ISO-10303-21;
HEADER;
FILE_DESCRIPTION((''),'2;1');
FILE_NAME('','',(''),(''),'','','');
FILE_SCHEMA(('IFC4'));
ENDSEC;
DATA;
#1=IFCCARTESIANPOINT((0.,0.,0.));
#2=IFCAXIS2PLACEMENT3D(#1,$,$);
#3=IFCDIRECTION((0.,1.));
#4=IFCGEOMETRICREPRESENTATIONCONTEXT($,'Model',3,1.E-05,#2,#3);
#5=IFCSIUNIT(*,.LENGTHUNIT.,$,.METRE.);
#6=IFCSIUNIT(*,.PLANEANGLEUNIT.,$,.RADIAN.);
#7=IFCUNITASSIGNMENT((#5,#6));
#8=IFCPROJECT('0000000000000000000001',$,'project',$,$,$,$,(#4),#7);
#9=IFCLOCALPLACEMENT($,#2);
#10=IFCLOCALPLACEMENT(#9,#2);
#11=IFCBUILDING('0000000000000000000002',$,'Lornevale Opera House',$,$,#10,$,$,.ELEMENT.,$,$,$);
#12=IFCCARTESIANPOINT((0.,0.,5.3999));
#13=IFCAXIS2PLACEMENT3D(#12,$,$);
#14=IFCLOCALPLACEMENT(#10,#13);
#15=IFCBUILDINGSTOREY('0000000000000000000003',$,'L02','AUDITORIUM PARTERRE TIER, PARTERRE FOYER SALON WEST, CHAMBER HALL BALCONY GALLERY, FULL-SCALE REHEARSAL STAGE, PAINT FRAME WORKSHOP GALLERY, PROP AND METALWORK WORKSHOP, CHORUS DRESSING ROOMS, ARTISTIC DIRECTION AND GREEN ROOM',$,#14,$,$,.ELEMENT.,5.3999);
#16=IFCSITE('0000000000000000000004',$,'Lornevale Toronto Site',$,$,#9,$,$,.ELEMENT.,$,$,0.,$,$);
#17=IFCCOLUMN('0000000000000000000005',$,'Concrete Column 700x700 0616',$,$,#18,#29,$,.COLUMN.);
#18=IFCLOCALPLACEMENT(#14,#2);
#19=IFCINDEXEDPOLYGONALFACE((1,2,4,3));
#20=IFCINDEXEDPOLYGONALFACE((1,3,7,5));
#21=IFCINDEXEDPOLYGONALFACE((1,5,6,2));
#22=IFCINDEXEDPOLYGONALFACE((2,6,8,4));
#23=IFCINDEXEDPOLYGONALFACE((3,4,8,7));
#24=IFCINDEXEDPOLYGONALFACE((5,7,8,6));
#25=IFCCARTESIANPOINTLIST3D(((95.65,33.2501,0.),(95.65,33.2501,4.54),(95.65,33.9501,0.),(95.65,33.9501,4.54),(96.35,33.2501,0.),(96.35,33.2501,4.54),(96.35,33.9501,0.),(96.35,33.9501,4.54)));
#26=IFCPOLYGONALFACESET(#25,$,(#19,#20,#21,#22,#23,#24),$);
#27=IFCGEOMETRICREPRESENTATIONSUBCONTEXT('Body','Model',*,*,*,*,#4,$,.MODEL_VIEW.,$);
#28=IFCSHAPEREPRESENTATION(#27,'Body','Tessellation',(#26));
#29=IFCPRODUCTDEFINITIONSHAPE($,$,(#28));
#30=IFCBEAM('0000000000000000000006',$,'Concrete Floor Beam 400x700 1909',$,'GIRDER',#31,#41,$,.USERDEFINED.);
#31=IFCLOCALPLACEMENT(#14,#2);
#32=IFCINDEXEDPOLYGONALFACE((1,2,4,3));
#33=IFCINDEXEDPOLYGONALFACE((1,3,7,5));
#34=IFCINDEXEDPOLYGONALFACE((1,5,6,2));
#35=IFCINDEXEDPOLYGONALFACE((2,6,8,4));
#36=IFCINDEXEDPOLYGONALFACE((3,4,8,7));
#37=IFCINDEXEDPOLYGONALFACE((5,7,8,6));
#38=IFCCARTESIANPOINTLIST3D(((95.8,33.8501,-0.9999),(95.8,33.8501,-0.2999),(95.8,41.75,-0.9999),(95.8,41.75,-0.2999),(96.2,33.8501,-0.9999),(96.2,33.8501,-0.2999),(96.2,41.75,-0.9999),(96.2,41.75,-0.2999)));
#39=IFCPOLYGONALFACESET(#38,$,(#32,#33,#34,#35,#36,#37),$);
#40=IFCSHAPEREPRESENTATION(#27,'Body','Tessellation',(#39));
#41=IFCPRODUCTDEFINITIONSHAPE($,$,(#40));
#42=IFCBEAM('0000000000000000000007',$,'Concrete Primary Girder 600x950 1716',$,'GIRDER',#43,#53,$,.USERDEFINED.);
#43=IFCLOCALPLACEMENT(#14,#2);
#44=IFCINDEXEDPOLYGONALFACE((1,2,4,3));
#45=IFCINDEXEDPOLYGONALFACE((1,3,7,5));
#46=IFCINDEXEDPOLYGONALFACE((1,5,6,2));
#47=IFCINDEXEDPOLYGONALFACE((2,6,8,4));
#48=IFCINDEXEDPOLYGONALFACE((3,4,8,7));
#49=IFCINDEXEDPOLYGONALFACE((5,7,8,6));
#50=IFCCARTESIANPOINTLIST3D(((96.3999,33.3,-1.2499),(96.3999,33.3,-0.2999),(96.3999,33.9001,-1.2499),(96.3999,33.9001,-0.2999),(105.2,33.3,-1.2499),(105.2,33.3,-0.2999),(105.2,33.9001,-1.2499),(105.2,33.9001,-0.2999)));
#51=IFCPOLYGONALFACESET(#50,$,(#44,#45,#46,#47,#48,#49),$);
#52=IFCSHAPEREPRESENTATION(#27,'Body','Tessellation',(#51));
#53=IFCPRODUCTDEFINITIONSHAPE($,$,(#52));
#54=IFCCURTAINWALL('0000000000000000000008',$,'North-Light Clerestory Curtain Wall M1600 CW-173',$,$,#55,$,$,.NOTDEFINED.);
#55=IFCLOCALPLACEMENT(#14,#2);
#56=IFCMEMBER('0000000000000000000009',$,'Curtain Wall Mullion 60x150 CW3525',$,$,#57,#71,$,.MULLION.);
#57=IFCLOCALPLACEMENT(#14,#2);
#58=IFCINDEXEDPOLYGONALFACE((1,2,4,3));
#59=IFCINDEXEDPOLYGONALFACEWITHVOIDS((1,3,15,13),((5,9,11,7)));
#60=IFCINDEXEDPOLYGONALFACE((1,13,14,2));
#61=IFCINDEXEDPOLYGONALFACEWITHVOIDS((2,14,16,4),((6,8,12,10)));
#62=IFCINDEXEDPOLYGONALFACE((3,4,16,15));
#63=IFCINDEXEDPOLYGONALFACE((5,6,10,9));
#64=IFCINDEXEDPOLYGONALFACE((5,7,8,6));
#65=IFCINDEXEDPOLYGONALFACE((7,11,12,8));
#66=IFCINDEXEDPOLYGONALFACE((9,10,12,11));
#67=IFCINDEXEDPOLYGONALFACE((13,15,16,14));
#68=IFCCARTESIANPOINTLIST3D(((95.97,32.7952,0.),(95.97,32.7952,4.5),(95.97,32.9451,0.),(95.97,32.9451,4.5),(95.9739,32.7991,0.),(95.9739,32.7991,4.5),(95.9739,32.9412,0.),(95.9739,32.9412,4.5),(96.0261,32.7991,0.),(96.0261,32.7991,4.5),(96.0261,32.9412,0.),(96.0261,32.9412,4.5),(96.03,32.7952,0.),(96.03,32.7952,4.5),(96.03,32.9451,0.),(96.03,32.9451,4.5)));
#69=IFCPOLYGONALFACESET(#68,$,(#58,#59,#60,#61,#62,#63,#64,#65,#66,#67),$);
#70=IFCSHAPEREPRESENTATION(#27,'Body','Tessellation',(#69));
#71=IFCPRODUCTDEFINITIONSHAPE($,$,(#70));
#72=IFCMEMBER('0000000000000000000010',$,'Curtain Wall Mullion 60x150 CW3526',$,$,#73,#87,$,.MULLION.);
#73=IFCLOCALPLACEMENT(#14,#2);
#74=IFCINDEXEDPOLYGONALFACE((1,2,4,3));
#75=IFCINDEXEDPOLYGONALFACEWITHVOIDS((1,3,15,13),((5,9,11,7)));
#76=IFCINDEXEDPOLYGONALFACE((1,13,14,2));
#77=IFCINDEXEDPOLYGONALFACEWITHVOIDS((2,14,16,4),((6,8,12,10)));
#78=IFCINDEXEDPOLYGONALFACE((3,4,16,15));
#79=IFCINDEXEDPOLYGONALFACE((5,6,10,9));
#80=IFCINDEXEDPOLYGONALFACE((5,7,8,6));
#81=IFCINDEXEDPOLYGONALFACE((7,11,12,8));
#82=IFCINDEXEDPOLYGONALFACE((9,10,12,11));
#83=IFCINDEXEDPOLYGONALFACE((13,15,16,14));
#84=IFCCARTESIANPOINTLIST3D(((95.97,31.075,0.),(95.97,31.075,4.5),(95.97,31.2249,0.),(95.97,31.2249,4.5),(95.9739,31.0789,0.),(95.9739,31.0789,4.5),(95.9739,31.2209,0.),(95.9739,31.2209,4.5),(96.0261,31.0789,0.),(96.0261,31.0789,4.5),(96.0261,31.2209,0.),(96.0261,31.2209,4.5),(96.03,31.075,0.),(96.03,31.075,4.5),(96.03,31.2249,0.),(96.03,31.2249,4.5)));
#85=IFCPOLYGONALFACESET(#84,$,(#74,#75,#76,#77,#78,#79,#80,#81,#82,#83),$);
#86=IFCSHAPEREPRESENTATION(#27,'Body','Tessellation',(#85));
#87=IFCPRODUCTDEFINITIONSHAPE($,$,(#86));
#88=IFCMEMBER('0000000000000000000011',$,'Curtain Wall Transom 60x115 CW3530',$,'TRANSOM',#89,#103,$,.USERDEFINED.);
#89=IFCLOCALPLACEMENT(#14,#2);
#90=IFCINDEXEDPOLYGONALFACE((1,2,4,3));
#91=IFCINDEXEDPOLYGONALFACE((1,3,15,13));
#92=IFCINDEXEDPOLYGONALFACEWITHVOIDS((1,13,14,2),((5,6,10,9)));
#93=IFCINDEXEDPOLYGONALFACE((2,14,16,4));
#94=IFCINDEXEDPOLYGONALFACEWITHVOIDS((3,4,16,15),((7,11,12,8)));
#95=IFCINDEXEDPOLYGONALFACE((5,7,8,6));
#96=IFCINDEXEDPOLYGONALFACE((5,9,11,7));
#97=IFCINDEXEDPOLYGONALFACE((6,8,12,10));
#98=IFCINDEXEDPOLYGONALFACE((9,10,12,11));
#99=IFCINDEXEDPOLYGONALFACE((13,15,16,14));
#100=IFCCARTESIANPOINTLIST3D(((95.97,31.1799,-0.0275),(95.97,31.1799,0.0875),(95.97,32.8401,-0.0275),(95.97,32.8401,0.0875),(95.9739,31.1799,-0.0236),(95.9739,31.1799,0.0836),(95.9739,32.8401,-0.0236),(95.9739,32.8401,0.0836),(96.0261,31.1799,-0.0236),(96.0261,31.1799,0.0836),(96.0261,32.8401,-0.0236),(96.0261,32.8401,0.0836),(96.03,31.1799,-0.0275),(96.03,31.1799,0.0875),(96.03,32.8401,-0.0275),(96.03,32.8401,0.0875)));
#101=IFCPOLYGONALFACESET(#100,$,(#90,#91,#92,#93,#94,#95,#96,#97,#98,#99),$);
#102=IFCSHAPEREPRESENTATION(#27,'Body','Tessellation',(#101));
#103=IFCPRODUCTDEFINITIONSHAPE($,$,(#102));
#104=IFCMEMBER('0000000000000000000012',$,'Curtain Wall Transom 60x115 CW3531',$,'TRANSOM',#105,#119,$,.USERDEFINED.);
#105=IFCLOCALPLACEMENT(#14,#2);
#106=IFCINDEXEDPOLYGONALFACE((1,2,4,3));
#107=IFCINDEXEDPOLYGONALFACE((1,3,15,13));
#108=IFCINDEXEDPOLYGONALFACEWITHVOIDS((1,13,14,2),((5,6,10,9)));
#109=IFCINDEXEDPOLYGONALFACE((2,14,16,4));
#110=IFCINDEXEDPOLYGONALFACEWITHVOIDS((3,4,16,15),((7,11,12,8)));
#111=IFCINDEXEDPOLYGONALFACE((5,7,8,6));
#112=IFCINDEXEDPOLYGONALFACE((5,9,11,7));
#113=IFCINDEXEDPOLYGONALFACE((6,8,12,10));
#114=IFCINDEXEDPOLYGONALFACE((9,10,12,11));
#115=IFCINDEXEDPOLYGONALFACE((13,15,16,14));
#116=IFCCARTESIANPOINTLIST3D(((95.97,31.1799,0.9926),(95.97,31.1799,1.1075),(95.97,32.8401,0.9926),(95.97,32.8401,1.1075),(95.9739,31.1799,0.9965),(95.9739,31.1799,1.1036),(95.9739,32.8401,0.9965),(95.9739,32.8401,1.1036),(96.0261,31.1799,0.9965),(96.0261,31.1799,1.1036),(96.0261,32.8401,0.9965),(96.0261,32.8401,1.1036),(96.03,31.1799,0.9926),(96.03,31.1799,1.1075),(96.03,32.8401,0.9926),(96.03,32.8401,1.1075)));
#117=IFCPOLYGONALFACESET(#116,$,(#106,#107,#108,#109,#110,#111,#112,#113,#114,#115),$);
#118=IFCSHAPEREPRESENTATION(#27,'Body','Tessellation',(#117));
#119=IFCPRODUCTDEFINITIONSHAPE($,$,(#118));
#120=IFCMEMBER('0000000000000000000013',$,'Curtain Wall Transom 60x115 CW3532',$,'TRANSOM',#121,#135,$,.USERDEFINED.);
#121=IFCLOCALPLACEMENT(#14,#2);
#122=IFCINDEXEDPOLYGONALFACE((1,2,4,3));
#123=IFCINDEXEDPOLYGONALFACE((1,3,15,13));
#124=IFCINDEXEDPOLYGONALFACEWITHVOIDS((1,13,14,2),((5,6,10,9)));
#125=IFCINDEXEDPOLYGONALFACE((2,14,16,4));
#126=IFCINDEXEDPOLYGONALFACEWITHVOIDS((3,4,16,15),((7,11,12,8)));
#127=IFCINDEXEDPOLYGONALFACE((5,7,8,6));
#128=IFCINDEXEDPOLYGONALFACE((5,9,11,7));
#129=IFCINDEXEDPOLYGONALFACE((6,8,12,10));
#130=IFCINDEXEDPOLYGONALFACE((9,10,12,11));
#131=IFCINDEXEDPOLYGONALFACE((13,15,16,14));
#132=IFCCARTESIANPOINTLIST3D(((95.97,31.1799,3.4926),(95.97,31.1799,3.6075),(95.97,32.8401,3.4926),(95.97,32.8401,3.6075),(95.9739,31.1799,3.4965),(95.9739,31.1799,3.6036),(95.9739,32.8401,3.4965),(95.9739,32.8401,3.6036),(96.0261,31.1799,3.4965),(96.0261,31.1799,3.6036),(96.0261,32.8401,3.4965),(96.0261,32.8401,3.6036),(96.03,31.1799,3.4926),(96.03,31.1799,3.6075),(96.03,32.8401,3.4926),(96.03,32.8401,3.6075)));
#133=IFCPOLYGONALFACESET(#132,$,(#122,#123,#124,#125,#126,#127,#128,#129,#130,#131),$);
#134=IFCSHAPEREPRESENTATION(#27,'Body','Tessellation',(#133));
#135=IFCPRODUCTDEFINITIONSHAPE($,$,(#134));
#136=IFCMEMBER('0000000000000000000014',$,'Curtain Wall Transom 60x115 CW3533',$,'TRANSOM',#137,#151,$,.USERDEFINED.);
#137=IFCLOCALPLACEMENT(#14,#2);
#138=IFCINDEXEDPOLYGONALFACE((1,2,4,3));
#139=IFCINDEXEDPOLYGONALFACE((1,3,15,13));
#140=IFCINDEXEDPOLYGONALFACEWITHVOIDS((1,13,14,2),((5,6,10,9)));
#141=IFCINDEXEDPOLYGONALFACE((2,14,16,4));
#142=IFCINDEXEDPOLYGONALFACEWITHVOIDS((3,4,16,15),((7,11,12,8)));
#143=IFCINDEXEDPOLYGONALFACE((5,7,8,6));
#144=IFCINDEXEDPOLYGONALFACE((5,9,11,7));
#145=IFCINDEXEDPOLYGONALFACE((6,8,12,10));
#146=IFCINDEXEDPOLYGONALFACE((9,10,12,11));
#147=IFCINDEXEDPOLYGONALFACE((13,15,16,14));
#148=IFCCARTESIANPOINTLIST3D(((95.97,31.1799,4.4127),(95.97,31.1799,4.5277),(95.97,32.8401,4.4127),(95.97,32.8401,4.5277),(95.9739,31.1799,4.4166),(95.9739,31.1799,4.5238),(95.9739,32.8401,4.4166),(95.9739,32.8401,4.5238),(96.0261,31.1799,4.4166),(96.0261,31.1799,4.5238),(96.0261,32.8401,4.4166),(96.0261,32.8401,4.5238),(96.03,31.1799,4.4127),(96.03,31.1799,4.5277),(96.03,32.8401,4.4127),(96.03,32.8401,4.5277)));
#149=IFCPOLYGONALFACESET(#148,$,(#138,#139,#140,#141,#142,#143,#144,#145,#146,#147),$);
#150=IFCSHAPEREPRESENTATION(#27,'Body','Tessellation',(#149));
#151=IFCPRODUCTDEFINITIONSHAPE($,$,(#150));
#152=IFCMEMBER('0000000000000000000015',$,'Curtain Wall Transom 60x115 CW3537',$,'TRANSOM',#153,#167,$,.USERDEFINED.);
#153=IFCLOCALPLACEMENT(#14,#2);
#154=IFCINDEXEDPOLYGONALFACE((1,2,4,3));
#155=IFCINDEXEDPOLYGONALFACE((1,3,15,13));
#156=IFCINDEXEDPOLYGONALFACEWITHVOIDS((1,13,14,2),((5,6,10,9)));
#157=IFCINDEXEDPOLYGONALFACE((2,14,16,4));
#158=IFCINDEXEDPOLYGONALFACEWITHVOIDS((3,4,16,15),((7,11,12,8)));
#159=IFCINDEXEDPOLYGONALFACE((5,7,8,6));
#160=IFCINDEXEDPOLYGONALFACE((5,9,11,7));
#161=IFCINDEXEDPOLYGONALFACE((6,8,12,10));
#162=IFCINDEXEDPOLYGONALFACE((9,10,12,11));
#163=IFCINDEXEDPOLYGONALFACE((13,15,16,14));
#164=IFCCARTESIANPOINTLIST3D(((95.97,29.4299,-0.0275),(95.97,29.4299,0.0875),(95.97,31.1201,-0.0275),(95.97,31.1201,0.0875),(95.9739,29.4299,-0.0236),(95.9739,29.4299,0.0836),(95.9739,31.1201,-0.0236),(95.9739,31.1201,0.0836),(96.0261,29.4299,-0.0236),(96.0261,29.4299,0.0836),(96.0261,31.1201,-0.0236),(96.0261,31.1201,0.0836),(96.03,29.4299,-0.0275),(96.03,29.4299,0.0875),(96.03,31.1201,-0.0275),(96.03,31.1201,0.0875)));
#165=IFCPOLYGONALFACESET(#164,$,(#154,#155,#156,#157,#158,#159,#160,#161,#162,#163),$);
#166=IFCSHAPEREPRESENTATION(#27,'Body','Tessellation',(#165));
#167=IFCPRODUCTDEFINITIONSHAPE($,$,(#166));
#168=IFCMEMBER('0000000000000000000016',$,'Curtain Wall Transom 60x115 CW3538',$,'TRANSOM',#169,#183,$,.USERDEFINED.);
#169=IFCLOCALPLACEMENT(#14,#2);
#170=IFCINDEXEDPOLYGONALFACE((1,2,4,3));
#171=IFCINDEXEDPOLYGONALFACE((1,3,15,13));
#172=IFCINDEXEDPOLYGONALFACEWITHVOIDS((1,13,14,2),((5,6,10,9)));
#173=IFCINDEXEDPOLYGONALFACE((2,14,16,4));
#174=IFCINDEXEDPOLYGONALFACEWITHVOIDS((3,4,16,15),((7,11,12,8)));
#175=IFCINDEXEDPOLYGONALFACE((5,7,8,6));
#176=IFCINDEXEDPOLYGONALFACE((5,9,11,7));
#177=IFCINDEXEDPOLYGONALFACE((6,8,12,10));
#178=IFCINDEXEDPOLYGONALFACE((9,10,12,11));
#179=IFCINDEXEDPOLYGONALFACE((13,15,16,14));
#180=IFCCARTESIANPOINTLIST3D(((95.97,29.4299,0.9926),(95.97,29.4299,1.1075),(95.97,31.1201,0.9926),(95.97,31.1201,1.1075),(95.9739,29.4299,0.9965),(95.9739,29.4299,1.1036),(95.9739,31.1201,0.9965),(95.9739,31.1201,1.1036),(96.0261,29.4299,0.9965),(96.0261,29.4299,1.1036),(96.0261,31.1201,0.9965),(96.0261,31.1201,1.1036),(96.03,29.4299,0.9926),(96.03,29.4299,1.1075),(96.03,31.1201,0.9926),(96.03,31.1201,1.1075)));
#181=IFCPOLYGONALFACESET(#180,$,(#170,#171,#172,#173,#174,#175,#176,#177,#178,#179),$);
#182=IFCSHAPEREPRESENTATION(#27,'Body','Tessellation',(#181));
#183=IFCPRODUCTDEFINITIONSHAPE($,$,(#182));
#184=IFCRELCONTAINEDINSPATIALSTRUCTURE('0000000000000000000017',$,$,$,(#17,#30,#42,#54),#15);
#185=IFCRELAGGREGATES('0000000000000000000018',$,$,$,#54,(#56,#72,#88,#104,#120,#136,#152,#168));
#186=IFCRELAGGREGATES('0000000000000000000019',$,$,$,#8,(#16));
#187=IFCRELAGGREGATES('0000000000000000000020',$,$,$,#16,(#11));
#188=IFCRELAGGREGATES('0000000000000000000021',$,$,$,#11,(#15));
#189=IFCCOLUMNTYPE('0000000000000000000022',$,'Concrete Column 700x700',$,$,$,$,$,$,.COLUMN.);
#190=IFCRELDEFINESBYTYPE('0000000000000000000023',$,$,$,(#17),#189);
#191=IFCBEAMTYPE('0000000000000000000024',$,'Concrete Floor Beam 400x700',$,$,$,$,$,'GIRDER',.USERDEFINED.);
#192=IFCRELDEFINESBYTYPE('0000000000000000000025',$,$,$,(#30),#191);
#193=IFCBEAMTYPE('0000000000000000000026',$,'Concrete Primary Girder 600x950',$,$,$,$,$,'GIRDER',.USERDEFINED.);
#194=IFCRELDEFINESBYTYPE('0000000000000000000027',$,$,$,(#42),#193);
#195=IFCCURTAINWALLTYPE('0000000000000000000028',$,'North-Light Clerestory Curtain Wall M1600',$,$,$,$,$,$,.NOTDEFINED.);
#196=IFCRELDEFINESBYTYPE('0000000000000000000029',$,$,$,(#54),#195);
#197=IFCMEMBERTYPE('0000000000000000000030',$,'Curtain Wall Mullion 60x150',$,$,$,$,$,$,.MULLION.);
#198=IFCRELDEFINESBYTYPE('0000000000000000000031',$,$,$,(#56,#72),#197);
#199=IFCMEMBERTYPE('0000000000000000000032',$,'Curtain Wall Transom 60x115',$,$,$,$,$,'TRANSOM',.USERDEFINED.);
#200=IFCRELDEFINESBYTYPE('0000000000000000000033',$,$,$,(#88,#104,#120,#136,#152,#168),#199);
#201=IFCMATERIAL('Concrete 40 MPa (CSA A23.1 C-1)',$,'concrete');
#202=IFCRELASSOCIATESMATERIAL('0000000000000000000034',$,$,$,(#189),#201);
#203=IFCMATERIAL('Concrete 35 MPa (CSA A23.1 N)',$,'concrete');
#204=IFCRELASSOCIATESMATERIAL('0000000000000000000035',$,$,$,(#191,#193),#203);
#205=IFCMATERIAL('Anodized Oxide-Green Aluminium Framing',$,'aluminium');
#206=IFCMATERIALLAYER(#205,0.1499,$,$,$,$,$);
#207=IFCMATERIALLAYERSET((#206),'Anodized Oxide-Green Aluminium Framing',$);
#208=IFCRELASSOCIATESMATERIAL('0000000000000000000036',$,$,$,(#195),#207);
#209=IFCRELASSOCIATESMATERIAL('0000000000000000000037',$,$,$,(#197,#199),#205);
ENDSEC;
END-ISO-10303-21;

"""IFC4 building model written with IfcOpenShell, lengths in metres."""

from ifc_helpers import new_model, si_unit, direction, frame, origin, origin_2d, place, context, subcontext, project, spatial, rectangle, hollow_rectangle, extrude, material, layer, layer_set, material_profile, profile_set, type_object, element, aggregate, save


model = new_model("IFC4")

# Units and contexts
model_context = context("Model", 3, precision=1e-05, world=origin(), true_north=direction((0.0, 1.0)))
body_context = subcontext(model_context, "Body", "Model", "MODEL_VIEW")
ifc_project = project(units=[si_unit("LENGTHUNIT", "METRE"), si_unit("PLANEANGLEUNIT", "RADIAN")], contexts=[model_context])

# Site, building, storey
site_placement = place(None, origin())
site = spatial("IfcSite", under=ifc_project, at=site_placement, Name="Lornevale Toronto Site", CompositionType="ELEMENT", RefElevation=0.0)
building_placement = place(site_placement, origin())
building = spatial("IfcBuilding", under=site, at=building_placement, Name="Lornevale Opera House", CompositionType="ELEMENT")
storey_placement = place(building_placement, frame((0.0, 0.0, 5.3999)))
storey = spatial("IfcBuildingStorey", under=building, at=storey_placement, Name="L02", Description="AUDITORIUM PARTERRE TIER, PARTERRE FOYER SALON WEST, CHAMBER HALL BALCONY GALLERY, FULL-SCALE REHEARSAL STAGE, PAINT FRAME WORKSHOP GALLERY, PROP AND METALWORK WORKSHOP, CHORUS DRESSING ROOMS, ARTISTIC DIRECTION AND GREEN ROOM", CompositionType="ELEMENT", Elevation=5.3999)

# Column
ifc_material_1 = material(Name="Concrete 40 MPa (CSA A23.1 C-1)", Category="concrete")
ifc_material_profile_1 = material_profile(ifc_material_1, rectangle(XDim=0.7, YDim=0.7, at=origin_2d()), Name="RC700x700")
ifc_profile_set_1 = profile_set([ifc_material_profile_1], Name="Concrete 40 MPa (CSA A23.1 C-1)")
column_type = type_object("IfcColumnType", Name="Concrete Column 700x700", PredefinedType="COLUMN", material=ifc_profile_set_1)
column_placement = place(storey_placement, frame((96.0, 33.6001, 0.0), z_axis=(0.0, 0.0, 1.0), x_axis=(1.0, 0.0, 0.0)))
element("IfcColumn", 1, at=column_placement, inside=storey, type_object=column_type, Name="Concrete Column 700x700 0616", PredefinedType="COLUMN", context=body_context, shape_type="SweptSolid", body=[
    extrude(rectangle(XDim=0.7, YDim=0.7, at=origin_2d()), origin(), (0.0, 0.0, 1.0), 4.54),
])

# Beams
ifc_material_2 = material(Name="Concrete 35 MPa (CSA A23.1 N)", Category="concrete")
ifc_material_profile_2 = material_profile(ifc_material_2, rectangle(XDim=0.3999, YDim=0.7, at=origin_2d()), Name="RC400x700")
ifc_profile_set_2 = profile_set([ifc_material_profile_2], Name="Concrete 35 MPa (CSA A23.1 N)")
beam_type_1 = type_object("IfcBeamType", Name="Concrete Floor Beam 400x700", ElementType="GIRDER", PredefinedType="USERDEFINED", material=ifc_profile_set_2)
beam_1_placement = place(storey_placement, frame((96.0, 33.8501, -0.6499), z_axis=(0.0, 1.0, 0.0), x_axis=(-1.0, 0.0, 0.0)))
element("IfcBeam", 2, at=beam_1_placement, inside=storey, type_object=beam_type_1, Name="Concrete Floor Beam 400x700 1909", ObjectType="GIRDER", PredefinedType="USERDEFINED", context=body_context, shape_type="SweptSolid", body=[
    extrude(rectangle(XDim=0.3999, YDim=0.7, at=origin_2d()), origin(), (0.0, 0.0, 1.0), 7.8999),
])
ifc_material_profile_3 = material_profile(ifc_material_2, rectangle(XDim=0.6001, YDim=0.95, at=origin_2d()), Name="RC600x950")
ifc_profile_set_3 = profile_set([ifc_material_profile_3], Name="Concrete 35 MPa (CSA A23.1 N)")
beam_type_2 = type_object("IfcBeamType", Name="Concrete Primary Girder 600x950", ElementType="GIRDER", PredefinedType="USERDEFINED", material=ifc_profile_set_3)
beam_2_placement = place(storey_placement, frame((96.3999, 33.6001, -0.7749), z_axis=(1.0, 0.0, 0.0), x_axis=(0.0, 1.0, 0.0)))
element("IfcBeam", 3, at=beam_2_placement, inside=storey, type_object=beam_type_2, Name="Concrete Primary Girder 600x950 1716", ObjectType="GIRDER", PredefinedType="USERDEFINED", context=body_context, shape_type="SweptSolid", body=[
    extrude(rectangle(XDim=0.6001, YDim=0.95, at=origin_2d()), origin(), (0.0, 0.0, 1.0), 8.8),
])

# Curtain wall, members
ifc_material_3 = material(Name="Anodized Oxide-Green Aluminium Framing", Category="aluminium")
ifc_layer_1 = layer(ifc_material_3, 0.1499)
ifc_layer_set_1 = layer_set([ifc_layer_1], Name="Anodized Oxide-Green Aluminium Framing")
curtain_wall_type = type_object("IfcCurtainWallType", Name="North-Light Clerestory Curtain Wall M1600", PredefinedType="NOTDEFINED", material=ifc_layer_set_1)
curtain_wall_placement = place(storey_placement, origin())
curtain_wall = element("IfcCurtainWall", 4, at=curtain_wall_placement, inside=storey, type_object=curtain_wall_type, Name="North-Light Clerestory Curtain Wall M1600 CW-173", PredefinedType="NOTDEFINED")
ifc_material_profile_4 = material_profile(ifc_material_3, hollow_rectangle(XDim=0.0601, YDim=0.1499, WallThickness=0.0039, at=origin_2d()), Name="ALU60x150x4")
ifc_profile_set_4 = profile_set([ifc_material_profile_4], Name="Anodized Oxide-Green Aluminium Framing")
member_type_1 = type_object("IfcMemberType", Name="Curtain Wall Mullion 60x150", PredefinedType="MULLION", material=ifc_profile_set_4)
member_1_placement = place(storey_placement, frame((96.0, 32.8701, 0.0), z_axis=(0.0, 0.0, 1.0), x_axis=(1.0, 0.0, 0.0)))
member_1 = element("IfcMember", 5, at=member_1_placement, type_object=member_type_1, Name="Curtain Wall Mullion 60x150 CW3525", PredefinedType="MULLION", context=body_context, shape_type="SweptSolid", body=[
    extrude(hollow_rectangle(XDim=0.0601, YDim=0.1499, WallThickness=0.0039, at=origin_2d()), origin(), (0.0, 0.0, 1.0), 4.5),
])
member_2_placement = place(storey_placement, frame((96.0, 31.1499, 0.0), z_axis=(0.0, 0.0, 1.0), x_axis=(1.0, 0.0, 0.0)))
member_2 = element("IfcMember", 6, at=member_2_placement, type_object=member_type_1, Name="Curtain Wall Mullion 60x150 CW3526", PredefinedType="MULLION", context=body_context, shape_type="SweptSolid", body=[
    extrude(hollow_rectangle(XDim=0.0601, YDim=0.1499, WallThickness=0.0039, at=origin_2d()), origin(), (0.0, 0.0, 1.0), 4.5),
])
ifc_material_profile_5 = material_profile(ifc_material_3, hollow_rectangle(XDim=0.0601, YDim=0.115, WallThickness=0.0039, at=origin_2d()), Name="ALU60x115x4")
ifc_profile_set_5 = profile_set([ifc_material_profile_5], Name="Anodized Oxide-Green Aluminium Framing")
member_type_2 = type_object("IfcMemberType", Name="Curtain Wall Transom 60x115", ElementType="TRANSOM", PredefinedType="USERDEFINED", material=ifc_profile_set_5)
member_3_placement = place(storey_placement, frame((96.0, 32.8401, 0.03), z_axis=(0.0, -1.0, 0.0), x_axis=(1.0, 0.0, 0.0)))
member_3 = element("IfcMember", 7, at=member_3_placement, type_object=member_type_2, Name="Curtain Wall Transom 60x115 CW3530", ObjectType="TRANSOM", PredefinedType="USERDEFINED", context=body_context, shape_type="SweptSolid", body=[
    extrude(hollow_rectangle(XDim=0.0601, YDim=0.115, WallThickness=0.0039, at=origin_2d()), origin(), (0.0, 0.0, 1.0), 1.6602),
])
member_4_placement = place(storey_placement, frame((96.0, 32.8401, 1.05), z_axis=(0.0, -1.0, 0.0), x_axis=(1.0, 0.0, 0.0)))
member_4 = element("IfcMember", 8, at=member_4_placement, type_object=member_type_2, Name="Curtain Wall Transom 60x115 CW3531", ObjectType="TRANSOM", PredefinedType="USERDEFINED", context=body_context, shape_type="SweptSolid", body=[
    extrude(hollow_rectangle(XDim=0.0601, YDim=0.115, WallThickness=0.0039, at=origin_2d()), origin(), (0.0, 0.0, 1.0), 1.6602),
])
member_5_placement = place(storey_placement, frame((96.0, 32.8401, 3.55), z_axis=(0.0, -1.0, 0.0), x_axis=(1.0, 0.0, 0.0)))
member_5 = element("IfcMember", 9, at=member_5_placement, type_object=member_type_2, Name="Curtain Wall Transom 60x115 CW3532", ObjectType="TRANSOM", PredefinedType="USERDEFINED", context=body_context, shape_type="SweptSolid", body=[
    extrude(hollow_rectangle(XDim=0.0601, YDim=0.115, WallThickness=0.0039, at=origin_2d()), origin(), (0.0, 0.0, 1.0), 1.6602),
])
member_6_placement = place(storey_placement, frame((96.0, 32.8401, 4.4702), z_axis=(0.0, -1.0, 0.0), x_axis=(1.0, 0.0, 0.0)))
member_6 = element("IfcMember", 10, at=member_6_placement, type_object=member_type_2, Name="Curtain Wall Transom 60x115 CW3533", ObjectType="TRANSOM", PredefinedType="USERDEFINED", context=body_context, shape_type="SweptSolid", body=[
    extrude(hollow_rectangle(XDim=0.0601, YDim=0.115, WallThickness=0.0039, at=origin_2d()), origin(), (0.0, 0.0, 1.0), 1.6602),
])
member_7_placement = place(storey_placement, frame((96.0, 31.1201, 0.03), z_axis=(0.0, -1.0, 0.0), x_axis=(1.0, 0.0, 0.0)))
member_7 = element("IfcMember", 11, at=member_7_placement, type_object=member_type_2, Name="Curtain Wall Transom 60x115 CW3537", ObjectType="TRANSOM", PredefinedType="USERDEFINED", context=body_context, shape_type="SweptSolid", body=[
    extrude(hollow_rectangle(XDim=0.0601, YDim=0.115, WallThickness=0.0039, at=origin_2d()), origin(), (0.0, 0.0, 1.0), 1.6902),
])
member_8_placement = place(storey_placement, frame((96.0, 31.1201, 1.05), z_axis=(0.0, -1.0, 0.0), x_axis=(1.0, 0.0, 0.0)))
member_8 = element("IfcMember", 12, at=member_8_placement, type_object=member_type_2, Name="Curtain Wall Transom 60x115 CW3538", ObjectType="TRANSOM", PredefinedType="USERDEFINED", context=body_context, shape_type="SweptSolid", body=[
    extrude(hollow_rectangle(XDim=0.0601, YDim=0.115, WallThickness=0.0039, at=origin_2d()), origin(), (0.0, 0.0, 1.0), 1.6902),
])

aggregate(curtain_wall, [member_1, member_2, member_3, member_4, member_5, member_6, member_7, member_8])

save(model, "model.ifc")
